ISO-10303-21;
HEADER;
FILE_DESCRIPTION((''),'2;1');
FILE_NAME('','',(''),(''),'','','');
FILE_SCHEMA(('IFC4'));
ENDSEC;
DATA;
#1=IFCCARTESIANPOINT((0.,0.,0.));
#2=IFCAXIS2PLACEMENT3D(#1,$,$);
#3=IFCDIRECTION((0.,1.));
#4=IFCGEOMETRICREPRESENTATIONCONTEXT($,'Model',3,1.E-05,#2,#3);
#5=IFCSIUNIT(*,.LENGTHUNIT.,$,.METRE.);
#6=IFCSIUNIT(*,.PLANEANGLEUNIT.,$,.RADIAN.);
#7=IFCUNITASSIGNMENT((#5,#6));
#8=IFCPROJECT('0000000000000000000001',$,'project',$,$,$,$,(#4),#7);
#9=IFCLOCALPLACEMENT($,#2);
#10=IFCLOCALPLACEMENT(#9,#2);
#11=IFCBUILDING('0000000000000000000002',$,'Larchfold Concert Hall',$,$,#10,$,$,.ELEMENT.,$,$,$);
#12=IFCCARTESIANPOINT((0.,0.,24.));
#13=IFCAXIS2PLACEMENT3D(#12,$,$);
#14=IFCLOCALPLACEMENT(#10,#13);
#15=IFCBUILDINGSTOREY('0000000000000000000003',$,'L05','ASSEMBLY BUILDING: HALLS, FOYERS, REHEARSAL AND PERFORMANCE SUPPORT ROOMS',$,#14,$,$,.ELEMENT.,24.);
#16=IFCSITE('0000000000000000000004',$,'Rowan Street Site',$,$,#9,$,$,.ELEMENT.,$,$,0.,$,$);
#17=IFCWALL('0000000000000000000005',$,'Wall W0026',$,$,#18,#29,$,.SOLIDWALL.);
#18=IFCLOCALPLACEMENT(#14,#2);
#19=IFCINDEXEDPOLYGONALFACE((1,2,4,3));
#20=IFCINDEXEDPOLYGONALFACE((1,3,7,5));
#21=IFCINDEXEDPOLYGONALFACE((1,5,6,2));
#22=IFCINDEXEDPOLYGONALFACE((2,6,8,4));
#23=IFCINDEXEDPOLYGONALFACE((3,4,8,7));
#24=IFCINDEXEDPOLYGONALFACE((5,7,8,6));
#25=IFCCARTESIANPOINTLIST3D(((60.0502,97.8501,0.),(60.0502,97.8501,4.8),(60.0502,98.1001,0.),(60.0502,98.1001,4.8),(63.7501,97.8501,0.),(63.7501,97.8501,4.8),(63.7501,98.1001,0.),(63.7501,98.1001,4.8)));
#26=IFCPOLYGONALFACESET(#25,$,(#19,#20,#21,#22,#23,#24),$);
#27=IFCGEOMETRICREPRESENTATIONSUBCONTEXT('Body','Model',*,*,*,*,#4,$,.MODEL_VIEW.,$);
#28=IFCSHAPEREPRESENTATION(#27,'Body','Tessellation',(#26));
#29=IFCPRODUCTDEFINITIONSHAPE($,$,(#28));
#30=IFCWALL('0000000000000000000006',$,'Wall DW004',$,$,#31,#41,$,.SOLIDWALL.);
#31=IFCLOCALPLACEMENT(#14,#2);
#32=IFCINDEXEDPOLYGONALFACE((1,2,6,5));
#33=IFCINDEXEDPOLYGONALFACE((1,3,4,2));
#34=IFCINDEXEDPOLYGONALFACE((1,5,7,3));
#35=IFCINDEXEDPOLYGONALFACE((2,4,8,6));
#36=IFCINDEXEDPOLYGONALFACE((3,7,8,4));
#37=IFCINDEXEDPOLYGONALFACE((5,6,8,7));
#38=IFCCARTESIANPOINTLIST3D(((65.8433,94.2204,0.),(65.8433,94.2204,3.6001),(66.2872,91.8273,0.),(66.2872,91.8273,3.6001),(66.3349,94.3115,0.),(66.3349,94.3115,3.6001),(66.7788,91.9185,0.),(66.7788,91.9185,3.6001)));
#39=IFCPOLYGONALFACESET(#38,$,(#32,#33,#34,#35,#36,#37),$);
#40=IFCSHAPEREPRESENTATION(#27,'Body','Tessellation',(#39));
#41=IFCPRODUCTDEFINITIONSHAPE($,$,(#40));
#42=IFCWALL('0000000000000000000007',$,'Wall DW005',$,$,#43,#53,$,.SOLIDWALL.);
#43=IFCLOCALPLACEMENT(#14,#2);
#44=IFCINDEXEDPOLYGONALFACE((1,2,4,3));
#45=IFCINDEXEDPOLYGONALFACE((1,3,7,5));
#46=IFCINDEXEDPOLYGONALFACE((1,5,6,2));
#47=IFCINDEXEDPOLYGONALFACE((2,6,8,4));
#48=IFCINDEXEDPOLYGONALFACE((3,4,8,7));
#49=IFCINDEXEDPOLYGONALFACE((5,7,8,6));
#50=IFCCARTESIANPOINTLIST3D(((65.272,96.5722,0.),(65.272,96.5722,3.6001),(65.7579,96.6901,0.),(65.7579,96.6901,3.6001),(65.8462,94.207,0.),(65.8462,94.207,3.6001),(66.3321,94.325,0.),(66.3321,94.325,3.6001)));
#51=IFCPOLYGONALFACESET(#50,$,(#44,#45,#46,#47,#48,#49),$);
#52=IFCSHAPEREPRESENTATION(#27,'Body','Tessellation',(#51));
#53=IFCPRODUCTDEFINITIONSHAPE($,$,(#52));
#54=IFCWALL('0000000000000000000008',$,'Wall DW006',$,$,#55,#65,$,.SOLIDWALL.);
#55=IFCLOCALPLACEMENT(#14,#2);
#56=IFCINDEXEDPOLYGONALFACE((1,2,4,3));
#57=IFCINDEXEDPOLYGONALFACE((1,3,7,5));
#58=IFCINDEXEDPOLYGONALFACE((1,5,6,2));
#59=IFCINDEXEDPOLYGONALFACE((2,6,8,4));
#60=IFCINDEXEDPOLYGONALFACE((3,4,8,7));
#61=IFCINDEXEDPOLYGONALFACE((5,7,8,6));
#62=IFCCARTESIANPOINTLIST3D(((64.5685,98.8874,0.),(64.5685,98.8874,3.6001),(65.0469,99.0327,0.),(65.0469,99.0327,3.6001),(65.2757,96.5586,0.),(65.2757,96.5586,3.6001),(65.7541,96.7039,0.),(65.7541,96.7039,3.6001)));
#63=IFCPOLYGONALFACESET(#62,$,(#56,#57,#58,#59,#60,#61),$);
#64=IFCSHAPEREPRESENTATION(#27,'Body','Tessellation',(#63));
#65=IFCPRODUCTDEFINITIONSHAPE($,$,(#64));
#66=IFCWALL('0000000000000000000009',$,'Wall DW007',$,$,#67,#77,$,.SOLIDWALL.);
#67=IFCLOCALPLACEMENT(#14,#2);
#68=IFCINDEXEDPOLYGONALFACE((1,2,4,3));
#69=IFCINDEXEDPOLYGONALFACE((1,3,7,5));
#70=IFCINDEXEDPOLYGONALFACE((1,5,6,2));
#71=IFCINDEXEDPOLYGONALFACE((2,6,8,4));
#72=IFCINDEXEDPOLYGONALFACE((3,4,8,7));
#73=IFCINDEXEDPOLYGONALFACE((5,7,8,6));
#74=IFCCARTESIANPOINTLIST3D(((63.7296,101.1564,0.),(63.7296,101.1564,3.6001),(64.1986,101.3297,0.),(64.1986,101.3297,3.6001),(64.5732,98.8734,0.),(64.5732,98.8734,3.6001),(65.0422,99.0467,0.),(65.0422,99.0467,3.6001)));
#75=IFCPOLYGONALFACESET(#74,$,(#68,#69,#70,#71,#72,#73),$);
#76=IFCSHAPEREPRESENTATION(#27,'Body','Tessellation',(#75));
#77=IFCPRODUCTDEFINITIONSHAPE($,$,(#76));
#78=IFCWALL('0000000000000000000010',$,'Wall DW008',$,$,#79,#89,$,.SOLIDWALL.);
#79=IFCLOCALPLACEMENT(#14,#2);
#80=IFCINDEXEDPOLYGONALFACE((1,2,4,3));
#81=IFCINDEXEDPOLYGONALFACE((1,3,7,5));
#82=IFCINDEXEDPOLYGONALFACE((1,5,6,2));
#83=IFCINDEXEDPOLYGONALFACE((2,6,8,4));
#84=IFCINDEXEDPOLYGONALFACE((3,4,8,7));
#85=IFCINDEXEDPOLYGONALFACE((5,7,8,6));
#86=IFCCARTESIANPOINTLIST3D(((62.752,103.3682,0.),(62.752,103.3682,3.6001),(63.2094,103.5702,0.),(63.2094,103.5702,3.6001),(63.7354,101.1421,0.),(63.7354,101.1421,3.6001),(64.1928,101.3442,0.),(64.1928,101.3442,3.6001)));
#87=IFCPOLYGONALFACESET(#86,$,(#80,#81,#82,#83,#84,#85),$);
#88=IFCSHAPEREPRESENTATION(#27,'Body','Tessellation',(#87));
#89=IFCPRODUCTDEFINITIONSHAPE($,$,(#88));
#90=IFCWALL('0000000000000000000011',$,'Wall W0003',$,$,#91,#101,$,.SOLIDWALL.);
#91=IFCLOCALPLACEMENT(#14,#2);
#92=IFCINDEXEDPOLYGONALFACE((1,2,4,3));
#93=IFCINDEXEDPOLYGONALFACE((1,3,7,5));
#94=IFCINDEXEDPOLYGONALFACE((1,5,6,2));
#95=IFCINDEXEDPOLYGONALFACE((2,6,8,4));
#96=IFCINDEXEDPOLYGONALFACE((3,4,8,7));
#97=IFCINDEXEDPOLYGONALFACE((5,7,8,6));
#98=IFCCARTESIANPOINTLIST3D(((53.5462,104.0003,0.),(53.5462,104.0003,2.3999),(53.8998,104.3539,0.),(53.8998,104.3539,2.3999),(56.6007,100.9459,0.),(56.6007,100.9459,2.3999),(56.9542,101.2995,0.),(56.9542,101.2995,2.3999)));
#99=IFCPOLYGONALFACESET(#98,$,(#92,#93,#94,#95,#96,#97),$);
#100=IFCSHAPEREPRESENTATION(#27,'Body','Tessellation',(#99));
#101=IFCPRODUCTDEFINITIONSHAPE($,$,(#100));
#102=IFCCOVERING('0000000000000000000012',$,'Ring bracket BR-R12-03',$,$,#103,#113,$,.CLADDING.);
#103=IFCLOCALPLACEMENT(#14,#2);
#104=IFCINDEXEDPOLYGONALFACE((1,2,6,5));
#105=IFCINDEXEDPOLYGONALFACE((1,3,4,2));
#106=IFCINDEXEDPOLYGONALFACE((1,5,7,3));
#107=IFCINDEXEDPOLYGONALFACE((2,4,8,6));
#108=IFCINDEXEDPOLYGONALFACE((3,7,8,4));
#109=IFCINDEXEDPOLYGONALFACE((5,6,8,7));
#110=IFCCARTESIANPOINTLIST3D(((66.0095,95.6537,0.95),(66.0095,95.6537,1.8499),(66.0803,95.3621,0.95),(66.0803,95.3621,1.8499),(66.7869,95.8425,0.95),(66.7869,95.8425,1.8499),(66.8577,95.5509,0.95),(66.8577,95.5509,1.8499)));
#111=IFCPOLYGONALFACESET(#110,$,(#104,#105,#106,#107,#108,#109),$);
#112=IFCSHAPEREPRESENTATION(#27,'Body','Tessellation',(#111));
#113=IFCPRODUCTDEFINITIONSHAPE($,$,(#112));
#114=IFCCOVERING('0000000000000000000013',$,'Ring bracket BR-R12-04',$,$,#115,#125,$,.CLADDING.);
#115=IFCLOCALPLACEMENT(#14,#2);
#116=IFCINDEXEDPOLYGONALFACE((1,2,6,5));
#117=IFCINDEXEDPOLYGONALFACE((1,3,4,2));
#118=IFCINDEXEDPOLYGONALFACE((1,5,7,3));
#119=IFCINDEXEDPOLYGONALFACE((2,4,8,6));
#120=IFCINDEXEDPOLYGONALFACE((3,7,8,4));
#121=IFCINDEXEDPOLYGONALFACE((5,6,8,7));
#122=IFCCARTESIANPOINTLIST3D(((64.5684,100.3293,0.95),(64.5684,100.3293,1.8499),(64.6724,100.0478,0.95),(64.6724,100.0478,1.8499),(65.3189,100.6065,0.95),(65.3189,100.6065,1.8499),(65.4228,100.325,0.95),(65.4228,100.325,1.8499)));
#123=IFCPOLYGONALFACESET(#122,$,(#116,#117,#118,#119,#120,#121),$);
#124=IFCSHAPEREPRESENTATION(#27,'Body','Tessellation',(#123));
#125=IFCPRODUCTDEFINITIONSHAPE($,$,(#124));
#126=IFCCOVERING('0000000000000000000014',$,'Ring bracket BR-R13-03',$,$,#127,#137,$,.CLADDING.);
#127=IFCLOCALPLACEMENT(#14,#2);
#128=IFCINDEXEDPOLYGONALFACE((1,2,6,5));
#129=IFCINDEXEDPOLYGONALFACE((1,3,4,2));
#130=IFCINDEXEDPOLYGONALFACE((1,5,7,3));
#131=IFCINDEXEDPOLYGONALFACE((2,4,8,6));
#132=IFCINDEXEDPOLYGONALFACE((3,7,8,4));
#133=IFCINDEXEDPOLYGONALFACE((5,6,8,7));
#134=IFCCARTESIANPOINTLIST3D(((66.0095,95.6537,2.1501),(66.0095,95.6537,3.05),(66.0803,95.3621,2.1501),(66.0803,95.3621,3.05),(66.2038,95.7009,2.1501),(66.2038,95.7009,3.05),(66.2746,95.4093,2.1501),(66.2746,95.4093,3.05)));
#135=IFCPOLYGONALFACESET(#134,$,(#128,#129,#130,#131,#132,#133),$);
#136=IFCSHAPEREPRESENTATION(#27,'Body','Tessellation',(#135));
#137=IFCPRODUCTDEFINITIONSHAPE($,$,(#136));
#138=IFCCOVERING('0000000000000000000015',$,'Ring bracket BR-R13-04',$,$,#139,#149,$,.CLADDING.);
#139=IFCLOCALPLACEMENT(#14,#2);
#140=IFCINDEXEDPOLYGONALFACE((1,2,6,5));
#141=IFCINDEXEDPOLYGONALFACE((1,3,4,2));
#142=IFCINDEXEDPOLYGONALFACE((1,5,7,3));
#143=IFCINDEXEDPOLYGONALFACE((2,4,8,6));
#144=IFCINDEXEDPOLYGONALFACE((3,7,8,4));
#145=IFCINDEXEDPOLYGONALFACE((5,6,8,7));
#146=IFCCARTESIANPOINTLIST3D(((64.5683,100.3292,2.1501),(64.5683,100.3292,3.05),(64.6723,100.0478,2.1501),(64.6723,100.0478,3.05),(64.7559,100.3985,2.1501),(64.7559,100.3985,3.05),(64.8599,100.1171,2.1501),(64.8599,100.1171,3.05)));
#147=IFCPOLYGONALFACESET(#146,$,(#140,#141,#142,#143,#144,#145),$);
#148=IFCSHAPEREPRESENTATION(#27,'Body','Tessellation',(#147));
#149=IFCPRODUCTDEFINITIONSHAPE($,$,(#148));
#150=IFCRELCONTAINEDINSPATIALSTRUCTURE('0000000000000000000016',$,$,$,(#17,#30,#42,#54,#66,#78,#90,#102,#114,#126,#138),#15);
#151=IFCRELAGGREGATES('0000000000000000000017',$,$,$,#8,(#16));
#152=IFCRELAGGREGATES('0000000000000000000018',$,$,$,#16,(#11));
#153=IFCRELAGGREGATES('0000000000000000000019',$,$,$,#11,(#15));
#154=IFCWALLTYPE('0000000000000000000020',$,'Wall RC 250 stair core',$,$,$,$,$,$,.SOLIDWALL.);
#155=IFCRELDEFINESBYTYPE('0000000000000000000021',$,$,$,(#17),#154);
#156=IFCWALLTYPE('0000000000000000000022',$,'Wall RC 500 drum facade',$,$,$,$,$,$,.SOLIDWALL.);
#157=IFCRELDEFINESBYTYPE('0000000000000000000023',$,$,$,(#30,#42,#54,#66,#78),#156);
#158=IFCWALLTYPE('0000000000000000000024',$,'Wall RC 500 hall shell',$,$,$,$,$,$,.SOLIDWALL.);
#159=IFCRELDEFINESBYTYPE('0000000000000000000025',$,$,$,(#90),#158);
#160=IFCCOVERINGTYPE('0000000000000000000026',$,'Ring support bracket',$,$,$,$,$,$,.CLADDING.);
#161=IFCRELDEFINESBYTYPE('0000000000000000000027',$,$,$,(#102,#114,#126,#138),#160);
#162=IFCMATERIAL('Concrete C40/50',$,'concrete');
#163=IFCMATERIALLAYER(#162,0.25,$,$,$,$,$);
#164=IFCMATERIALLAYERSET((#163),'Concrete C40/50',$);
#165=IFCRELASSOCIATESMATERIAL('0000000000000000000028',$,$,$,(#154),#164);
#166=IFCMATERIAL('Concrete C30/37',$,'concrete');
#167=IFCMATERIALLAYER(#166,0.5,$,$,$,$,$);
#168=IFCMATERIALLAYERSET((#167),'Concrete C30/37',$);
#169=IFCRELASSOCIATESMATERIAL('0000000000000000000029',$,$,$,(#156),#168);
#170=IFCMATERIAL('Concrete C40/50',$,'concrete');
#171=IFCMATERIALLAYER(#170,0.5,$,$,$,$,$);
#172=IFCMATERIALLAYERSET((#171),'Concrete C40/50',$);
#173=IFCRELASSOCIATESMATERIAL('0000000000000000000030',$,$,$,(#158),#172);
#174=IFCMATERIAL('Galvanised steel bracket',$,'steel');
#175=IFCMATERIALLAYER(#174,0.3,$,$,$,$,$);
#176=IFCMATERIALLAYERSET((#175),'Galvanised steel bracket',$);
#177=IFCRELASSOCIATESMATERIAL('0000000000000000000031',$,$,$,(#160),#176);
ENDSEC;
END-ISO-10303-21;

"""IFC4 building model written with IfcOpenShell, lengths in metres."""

from ifc_helpers import new_model, si_unit, direction, frame, frame_2d, origin, origin_2d, place, context, subcontext, project, spatial, rectangle, extrude, material, layer, layer_set, type_object, element, save


model = new_model("IFC4")

# Units and contexts
model_context = context("Model", 3, precision=1e-05, world=origin(), true_north=direction((0.0, 1.0)))
body_context = subcontext(model_context, "Body", "Model", "MODEL_VIEW")
ifc_project = project(units=[si_unit("LENGTHUNIT", "METRE"), si_unit("PLANEANGLEUNIT", "RADIAN")], contexts=[model_context])

# Site, building, storey
site_placement = place(None, origin())
site = spatial("IfcSite", under=ifc_project, at=site_placement, Name="Rowan Street Site", CompositionType="ELEMENT", RefElevation=0.0)
building_placement = place(site_placement, origin())
building = spatial("IfcBuilding", under=site, at=building_placement, Name="Larchfold Concert Hall", CompositionType="ELEMENT")
storey_placement = place(building_placement, frame((0.0, 0.0, 24.0)))
storey = spatial("IfcBuildingStorey", under=building, at=storey_placement, Name="L05", Description="ASSEMBLY BUILDING: HALLS, FOYERS, REHEARSAL AND PERFORMANCE SUPPORT ROOMS", CompositionType="ELEMENT", Elevation=24.0)

# Walls
ifc_material_1 = material(Name="Concrete C40/50", Category="concrete")
ifc_layer_1 = layer(ifc_material_1, 0.25)
ifc_layer_set_1 = layer_set([ifc_layer_1], Name="Concrete C40/50")
wall_type_1 = type_object("IfcWallType", Name="Wall RC 250 stair core", PredefinedType="SOLIDWALL", material=ifc_layer_set_1)
wall_1_placement = place(storey_placement, frame((60.05, 97.9751, 0.0), z_axis=(0.0, 0.0, 1.0), x_axis=(1.0, 0.0, 0.0)))
element("IfcWall", 1, at=wall_1_placement, inside=storey, type_object=wall_type_1, Name="Wall W0026", PredefinedType="SOLIDWALL", context=body_context, shape_type="SweptSolid", body=[
    extrude(rectangle(XDim=3.7, YDim=0.25, at=frame_2d((1.8501, 0.0))), origin(), (0.0, 0.0, 1.0), 4.8),
])
ifc_material_2 = material(Name="Concrete C30/37", Category="concrete")
ifc_layer_2 = layer(ifc_material_2, 0.5)
ifc_layer_set_2 = layer_set([ifc_layer_2], Name="Concrete C30/37")
wall_type_2 = type_object("IfcWallType", Name="Wall RC 500 drum facade", PredefinedType="SOLIDWALL", material=ifc_layer_set_2)
for number, where, z_axis, x_axis, name in (
    (2, (66.533, 91.873, 0.0), (0.0, 0.0, 1.0), (-0.182362, 0.983231, 0.0), "Wall DW004"),
    (3, (66.0891, 94.2661, 0.0), (0.0, 0.0, 1.0), (-0.235922, 0.971772, 0.0), "Wall DW005"),
    (4, (65.5149, 96.6313, 0.0), (0.0, 0.0, 1.0), (-0.290595, 0.956846, 0.0), "Wall DW006"),
    (5, (64.8076, 98.9602, 0.0), (0.0, 0.0, 1.0), (-0.346579, 0.938021, 0.0), "Wall DW007"),
):
    element("IfcWall", number, at=place(storey_placement, frame(where, z_axis=z_axis, x_axis=x_axis)), inside=storey, type_object=wall_type_2, Name=name, PredefinedType="SOLIDWALL", context=body_context, shape_type="SweptSolid", body=[
        extrude(rectangle(XDim=2.4338, YDim=0.5, at=frame_2d((1.2168, 0.0))), origin(), (0.0, 0.0, 1.0), 3.6001),
    ])
wall_2_placement = place(storey_placement, frame((63.9641, 101.2432, 0.0), z_axis=(0.0, 0.0, 1.0), x_axis=(-0.40409, 0.914719, 0.0)))
element("IfcWall", 6, at=wall_2_placement, inside=storey, type_object=wall_type_2, Name="Wall DW008", PredefinedType="SOLIDWALL", context=body_context, shape_type="SweptSolid", body=[
    extrude(rectangle(XDim=2.4336, YDim=0.5, at=frame_2d((1.2168, 0.0))), origin(), (0.0, 0.0, 1.0), 3.6001),
])
ifc_material_3 = material(Name="Concrete C40/50", Category="concrete")
ifc_layer_3 = layer(ifc_material_3, 0.5)
ifc_layer_set_3 = layer_set([ifc_layer_3], Name="Concrete C40/50")
wall_type_3 = type_object("IfcWallType", Name="Wall RC 500 hall shell", PredefinedType="SOLIDWALL", material=ifc_layer_set_3)
wall_3_placement = place(storey_placement, frame((56.7773, 101.1228, 0.0), z_axis=(0.0, 0.0, 1.0), x_axis=(-0.707107, 0.707107, 0.0)))
element("IfcWall", 7, at=wall_3_placement, inside=storey, type_object=wall_type_3, Name="Wall W0003", PredefinedType="SOLIDWALL", context=body_context, shape_type="SweptSolid", body=[
    extrude(rectangle(XDim=4.3196, YDim=0.5, at=frame_2d((2.1597, 0.0))), origin(), (0.0, 0.0, 1.0), 2.3999),
])

# Coverings
ifc_material_4 = material(Name="Galvanised steel bracket", Category="steel")
ifc_layer_4 = layer(ifc_material_4, 0.3)
ifc_layer_set_4 = layer_set([ifc_layer_4], Name="Galvanised steel bracket")
covering_type = type_object("IfcCoveringType", Name="Ring support bracket", PredefinedType="CLADDING", material=ifc_layer_set_4)
for number, where, z_axis, x_axis, name in (
    (8, (66.4336, 95.6023, 0.95), (0.0, 0.0, 1.0), (0.971763, 0.23596, 0.0), "Ring bracket BR-R12-03"),
    (9, (64.9956, 100.3271, 0.95), (0.0, 0.0, 1.0), (0.938035, 0.346541, 0.0), "Ring bracket BR-R12-04"),
):
    element("IfcCovering", number, at=place(storey_placement, frame(where, z_axis=z_axis, x_axis=x_axis)), inside=storey, type_object=covering_type, Name=name, PredefinedType="CLADDING", context=body_context, shape_type="SweptSolid", body=[
        extrude(rectangle(XDim=0.8, YDim=0.3, at=origin_2d()), origin(), (0.0, 0.0, 1.0), 0.8999),
    ])
for number, where, z_axis, x_axis, name in (
    (10, (66.1421, 95.5315, 2.1501), (0.0, 0.0, 1.0), (0.971763, 0.23596, 0.0), "Ring bracket BR-R13-03"),
    (11, (64.7141, 100.2231, 2.1501), (0.0, 0.0, 1.0), (0.938035, 0.346541, 0.0), "Ring bracket BR-R13-04"),
):
    element("IfcCovering", number, at=place(storey_placement, frame(where, z_axis=z_axis, x_axis=x_axis)), inside=storey, type_object=covering_type, Name=name, PredefinedType="CLADDING", context=body_context, shape_type="SweptSolid", body=[
        extrude(rectangle(XDim=0.2, YDim=0.3, at=origin_2d()), origin(), (0.0, 0.0, 1.0), 0.8999),
    ])

save(model, "model.ifc")
